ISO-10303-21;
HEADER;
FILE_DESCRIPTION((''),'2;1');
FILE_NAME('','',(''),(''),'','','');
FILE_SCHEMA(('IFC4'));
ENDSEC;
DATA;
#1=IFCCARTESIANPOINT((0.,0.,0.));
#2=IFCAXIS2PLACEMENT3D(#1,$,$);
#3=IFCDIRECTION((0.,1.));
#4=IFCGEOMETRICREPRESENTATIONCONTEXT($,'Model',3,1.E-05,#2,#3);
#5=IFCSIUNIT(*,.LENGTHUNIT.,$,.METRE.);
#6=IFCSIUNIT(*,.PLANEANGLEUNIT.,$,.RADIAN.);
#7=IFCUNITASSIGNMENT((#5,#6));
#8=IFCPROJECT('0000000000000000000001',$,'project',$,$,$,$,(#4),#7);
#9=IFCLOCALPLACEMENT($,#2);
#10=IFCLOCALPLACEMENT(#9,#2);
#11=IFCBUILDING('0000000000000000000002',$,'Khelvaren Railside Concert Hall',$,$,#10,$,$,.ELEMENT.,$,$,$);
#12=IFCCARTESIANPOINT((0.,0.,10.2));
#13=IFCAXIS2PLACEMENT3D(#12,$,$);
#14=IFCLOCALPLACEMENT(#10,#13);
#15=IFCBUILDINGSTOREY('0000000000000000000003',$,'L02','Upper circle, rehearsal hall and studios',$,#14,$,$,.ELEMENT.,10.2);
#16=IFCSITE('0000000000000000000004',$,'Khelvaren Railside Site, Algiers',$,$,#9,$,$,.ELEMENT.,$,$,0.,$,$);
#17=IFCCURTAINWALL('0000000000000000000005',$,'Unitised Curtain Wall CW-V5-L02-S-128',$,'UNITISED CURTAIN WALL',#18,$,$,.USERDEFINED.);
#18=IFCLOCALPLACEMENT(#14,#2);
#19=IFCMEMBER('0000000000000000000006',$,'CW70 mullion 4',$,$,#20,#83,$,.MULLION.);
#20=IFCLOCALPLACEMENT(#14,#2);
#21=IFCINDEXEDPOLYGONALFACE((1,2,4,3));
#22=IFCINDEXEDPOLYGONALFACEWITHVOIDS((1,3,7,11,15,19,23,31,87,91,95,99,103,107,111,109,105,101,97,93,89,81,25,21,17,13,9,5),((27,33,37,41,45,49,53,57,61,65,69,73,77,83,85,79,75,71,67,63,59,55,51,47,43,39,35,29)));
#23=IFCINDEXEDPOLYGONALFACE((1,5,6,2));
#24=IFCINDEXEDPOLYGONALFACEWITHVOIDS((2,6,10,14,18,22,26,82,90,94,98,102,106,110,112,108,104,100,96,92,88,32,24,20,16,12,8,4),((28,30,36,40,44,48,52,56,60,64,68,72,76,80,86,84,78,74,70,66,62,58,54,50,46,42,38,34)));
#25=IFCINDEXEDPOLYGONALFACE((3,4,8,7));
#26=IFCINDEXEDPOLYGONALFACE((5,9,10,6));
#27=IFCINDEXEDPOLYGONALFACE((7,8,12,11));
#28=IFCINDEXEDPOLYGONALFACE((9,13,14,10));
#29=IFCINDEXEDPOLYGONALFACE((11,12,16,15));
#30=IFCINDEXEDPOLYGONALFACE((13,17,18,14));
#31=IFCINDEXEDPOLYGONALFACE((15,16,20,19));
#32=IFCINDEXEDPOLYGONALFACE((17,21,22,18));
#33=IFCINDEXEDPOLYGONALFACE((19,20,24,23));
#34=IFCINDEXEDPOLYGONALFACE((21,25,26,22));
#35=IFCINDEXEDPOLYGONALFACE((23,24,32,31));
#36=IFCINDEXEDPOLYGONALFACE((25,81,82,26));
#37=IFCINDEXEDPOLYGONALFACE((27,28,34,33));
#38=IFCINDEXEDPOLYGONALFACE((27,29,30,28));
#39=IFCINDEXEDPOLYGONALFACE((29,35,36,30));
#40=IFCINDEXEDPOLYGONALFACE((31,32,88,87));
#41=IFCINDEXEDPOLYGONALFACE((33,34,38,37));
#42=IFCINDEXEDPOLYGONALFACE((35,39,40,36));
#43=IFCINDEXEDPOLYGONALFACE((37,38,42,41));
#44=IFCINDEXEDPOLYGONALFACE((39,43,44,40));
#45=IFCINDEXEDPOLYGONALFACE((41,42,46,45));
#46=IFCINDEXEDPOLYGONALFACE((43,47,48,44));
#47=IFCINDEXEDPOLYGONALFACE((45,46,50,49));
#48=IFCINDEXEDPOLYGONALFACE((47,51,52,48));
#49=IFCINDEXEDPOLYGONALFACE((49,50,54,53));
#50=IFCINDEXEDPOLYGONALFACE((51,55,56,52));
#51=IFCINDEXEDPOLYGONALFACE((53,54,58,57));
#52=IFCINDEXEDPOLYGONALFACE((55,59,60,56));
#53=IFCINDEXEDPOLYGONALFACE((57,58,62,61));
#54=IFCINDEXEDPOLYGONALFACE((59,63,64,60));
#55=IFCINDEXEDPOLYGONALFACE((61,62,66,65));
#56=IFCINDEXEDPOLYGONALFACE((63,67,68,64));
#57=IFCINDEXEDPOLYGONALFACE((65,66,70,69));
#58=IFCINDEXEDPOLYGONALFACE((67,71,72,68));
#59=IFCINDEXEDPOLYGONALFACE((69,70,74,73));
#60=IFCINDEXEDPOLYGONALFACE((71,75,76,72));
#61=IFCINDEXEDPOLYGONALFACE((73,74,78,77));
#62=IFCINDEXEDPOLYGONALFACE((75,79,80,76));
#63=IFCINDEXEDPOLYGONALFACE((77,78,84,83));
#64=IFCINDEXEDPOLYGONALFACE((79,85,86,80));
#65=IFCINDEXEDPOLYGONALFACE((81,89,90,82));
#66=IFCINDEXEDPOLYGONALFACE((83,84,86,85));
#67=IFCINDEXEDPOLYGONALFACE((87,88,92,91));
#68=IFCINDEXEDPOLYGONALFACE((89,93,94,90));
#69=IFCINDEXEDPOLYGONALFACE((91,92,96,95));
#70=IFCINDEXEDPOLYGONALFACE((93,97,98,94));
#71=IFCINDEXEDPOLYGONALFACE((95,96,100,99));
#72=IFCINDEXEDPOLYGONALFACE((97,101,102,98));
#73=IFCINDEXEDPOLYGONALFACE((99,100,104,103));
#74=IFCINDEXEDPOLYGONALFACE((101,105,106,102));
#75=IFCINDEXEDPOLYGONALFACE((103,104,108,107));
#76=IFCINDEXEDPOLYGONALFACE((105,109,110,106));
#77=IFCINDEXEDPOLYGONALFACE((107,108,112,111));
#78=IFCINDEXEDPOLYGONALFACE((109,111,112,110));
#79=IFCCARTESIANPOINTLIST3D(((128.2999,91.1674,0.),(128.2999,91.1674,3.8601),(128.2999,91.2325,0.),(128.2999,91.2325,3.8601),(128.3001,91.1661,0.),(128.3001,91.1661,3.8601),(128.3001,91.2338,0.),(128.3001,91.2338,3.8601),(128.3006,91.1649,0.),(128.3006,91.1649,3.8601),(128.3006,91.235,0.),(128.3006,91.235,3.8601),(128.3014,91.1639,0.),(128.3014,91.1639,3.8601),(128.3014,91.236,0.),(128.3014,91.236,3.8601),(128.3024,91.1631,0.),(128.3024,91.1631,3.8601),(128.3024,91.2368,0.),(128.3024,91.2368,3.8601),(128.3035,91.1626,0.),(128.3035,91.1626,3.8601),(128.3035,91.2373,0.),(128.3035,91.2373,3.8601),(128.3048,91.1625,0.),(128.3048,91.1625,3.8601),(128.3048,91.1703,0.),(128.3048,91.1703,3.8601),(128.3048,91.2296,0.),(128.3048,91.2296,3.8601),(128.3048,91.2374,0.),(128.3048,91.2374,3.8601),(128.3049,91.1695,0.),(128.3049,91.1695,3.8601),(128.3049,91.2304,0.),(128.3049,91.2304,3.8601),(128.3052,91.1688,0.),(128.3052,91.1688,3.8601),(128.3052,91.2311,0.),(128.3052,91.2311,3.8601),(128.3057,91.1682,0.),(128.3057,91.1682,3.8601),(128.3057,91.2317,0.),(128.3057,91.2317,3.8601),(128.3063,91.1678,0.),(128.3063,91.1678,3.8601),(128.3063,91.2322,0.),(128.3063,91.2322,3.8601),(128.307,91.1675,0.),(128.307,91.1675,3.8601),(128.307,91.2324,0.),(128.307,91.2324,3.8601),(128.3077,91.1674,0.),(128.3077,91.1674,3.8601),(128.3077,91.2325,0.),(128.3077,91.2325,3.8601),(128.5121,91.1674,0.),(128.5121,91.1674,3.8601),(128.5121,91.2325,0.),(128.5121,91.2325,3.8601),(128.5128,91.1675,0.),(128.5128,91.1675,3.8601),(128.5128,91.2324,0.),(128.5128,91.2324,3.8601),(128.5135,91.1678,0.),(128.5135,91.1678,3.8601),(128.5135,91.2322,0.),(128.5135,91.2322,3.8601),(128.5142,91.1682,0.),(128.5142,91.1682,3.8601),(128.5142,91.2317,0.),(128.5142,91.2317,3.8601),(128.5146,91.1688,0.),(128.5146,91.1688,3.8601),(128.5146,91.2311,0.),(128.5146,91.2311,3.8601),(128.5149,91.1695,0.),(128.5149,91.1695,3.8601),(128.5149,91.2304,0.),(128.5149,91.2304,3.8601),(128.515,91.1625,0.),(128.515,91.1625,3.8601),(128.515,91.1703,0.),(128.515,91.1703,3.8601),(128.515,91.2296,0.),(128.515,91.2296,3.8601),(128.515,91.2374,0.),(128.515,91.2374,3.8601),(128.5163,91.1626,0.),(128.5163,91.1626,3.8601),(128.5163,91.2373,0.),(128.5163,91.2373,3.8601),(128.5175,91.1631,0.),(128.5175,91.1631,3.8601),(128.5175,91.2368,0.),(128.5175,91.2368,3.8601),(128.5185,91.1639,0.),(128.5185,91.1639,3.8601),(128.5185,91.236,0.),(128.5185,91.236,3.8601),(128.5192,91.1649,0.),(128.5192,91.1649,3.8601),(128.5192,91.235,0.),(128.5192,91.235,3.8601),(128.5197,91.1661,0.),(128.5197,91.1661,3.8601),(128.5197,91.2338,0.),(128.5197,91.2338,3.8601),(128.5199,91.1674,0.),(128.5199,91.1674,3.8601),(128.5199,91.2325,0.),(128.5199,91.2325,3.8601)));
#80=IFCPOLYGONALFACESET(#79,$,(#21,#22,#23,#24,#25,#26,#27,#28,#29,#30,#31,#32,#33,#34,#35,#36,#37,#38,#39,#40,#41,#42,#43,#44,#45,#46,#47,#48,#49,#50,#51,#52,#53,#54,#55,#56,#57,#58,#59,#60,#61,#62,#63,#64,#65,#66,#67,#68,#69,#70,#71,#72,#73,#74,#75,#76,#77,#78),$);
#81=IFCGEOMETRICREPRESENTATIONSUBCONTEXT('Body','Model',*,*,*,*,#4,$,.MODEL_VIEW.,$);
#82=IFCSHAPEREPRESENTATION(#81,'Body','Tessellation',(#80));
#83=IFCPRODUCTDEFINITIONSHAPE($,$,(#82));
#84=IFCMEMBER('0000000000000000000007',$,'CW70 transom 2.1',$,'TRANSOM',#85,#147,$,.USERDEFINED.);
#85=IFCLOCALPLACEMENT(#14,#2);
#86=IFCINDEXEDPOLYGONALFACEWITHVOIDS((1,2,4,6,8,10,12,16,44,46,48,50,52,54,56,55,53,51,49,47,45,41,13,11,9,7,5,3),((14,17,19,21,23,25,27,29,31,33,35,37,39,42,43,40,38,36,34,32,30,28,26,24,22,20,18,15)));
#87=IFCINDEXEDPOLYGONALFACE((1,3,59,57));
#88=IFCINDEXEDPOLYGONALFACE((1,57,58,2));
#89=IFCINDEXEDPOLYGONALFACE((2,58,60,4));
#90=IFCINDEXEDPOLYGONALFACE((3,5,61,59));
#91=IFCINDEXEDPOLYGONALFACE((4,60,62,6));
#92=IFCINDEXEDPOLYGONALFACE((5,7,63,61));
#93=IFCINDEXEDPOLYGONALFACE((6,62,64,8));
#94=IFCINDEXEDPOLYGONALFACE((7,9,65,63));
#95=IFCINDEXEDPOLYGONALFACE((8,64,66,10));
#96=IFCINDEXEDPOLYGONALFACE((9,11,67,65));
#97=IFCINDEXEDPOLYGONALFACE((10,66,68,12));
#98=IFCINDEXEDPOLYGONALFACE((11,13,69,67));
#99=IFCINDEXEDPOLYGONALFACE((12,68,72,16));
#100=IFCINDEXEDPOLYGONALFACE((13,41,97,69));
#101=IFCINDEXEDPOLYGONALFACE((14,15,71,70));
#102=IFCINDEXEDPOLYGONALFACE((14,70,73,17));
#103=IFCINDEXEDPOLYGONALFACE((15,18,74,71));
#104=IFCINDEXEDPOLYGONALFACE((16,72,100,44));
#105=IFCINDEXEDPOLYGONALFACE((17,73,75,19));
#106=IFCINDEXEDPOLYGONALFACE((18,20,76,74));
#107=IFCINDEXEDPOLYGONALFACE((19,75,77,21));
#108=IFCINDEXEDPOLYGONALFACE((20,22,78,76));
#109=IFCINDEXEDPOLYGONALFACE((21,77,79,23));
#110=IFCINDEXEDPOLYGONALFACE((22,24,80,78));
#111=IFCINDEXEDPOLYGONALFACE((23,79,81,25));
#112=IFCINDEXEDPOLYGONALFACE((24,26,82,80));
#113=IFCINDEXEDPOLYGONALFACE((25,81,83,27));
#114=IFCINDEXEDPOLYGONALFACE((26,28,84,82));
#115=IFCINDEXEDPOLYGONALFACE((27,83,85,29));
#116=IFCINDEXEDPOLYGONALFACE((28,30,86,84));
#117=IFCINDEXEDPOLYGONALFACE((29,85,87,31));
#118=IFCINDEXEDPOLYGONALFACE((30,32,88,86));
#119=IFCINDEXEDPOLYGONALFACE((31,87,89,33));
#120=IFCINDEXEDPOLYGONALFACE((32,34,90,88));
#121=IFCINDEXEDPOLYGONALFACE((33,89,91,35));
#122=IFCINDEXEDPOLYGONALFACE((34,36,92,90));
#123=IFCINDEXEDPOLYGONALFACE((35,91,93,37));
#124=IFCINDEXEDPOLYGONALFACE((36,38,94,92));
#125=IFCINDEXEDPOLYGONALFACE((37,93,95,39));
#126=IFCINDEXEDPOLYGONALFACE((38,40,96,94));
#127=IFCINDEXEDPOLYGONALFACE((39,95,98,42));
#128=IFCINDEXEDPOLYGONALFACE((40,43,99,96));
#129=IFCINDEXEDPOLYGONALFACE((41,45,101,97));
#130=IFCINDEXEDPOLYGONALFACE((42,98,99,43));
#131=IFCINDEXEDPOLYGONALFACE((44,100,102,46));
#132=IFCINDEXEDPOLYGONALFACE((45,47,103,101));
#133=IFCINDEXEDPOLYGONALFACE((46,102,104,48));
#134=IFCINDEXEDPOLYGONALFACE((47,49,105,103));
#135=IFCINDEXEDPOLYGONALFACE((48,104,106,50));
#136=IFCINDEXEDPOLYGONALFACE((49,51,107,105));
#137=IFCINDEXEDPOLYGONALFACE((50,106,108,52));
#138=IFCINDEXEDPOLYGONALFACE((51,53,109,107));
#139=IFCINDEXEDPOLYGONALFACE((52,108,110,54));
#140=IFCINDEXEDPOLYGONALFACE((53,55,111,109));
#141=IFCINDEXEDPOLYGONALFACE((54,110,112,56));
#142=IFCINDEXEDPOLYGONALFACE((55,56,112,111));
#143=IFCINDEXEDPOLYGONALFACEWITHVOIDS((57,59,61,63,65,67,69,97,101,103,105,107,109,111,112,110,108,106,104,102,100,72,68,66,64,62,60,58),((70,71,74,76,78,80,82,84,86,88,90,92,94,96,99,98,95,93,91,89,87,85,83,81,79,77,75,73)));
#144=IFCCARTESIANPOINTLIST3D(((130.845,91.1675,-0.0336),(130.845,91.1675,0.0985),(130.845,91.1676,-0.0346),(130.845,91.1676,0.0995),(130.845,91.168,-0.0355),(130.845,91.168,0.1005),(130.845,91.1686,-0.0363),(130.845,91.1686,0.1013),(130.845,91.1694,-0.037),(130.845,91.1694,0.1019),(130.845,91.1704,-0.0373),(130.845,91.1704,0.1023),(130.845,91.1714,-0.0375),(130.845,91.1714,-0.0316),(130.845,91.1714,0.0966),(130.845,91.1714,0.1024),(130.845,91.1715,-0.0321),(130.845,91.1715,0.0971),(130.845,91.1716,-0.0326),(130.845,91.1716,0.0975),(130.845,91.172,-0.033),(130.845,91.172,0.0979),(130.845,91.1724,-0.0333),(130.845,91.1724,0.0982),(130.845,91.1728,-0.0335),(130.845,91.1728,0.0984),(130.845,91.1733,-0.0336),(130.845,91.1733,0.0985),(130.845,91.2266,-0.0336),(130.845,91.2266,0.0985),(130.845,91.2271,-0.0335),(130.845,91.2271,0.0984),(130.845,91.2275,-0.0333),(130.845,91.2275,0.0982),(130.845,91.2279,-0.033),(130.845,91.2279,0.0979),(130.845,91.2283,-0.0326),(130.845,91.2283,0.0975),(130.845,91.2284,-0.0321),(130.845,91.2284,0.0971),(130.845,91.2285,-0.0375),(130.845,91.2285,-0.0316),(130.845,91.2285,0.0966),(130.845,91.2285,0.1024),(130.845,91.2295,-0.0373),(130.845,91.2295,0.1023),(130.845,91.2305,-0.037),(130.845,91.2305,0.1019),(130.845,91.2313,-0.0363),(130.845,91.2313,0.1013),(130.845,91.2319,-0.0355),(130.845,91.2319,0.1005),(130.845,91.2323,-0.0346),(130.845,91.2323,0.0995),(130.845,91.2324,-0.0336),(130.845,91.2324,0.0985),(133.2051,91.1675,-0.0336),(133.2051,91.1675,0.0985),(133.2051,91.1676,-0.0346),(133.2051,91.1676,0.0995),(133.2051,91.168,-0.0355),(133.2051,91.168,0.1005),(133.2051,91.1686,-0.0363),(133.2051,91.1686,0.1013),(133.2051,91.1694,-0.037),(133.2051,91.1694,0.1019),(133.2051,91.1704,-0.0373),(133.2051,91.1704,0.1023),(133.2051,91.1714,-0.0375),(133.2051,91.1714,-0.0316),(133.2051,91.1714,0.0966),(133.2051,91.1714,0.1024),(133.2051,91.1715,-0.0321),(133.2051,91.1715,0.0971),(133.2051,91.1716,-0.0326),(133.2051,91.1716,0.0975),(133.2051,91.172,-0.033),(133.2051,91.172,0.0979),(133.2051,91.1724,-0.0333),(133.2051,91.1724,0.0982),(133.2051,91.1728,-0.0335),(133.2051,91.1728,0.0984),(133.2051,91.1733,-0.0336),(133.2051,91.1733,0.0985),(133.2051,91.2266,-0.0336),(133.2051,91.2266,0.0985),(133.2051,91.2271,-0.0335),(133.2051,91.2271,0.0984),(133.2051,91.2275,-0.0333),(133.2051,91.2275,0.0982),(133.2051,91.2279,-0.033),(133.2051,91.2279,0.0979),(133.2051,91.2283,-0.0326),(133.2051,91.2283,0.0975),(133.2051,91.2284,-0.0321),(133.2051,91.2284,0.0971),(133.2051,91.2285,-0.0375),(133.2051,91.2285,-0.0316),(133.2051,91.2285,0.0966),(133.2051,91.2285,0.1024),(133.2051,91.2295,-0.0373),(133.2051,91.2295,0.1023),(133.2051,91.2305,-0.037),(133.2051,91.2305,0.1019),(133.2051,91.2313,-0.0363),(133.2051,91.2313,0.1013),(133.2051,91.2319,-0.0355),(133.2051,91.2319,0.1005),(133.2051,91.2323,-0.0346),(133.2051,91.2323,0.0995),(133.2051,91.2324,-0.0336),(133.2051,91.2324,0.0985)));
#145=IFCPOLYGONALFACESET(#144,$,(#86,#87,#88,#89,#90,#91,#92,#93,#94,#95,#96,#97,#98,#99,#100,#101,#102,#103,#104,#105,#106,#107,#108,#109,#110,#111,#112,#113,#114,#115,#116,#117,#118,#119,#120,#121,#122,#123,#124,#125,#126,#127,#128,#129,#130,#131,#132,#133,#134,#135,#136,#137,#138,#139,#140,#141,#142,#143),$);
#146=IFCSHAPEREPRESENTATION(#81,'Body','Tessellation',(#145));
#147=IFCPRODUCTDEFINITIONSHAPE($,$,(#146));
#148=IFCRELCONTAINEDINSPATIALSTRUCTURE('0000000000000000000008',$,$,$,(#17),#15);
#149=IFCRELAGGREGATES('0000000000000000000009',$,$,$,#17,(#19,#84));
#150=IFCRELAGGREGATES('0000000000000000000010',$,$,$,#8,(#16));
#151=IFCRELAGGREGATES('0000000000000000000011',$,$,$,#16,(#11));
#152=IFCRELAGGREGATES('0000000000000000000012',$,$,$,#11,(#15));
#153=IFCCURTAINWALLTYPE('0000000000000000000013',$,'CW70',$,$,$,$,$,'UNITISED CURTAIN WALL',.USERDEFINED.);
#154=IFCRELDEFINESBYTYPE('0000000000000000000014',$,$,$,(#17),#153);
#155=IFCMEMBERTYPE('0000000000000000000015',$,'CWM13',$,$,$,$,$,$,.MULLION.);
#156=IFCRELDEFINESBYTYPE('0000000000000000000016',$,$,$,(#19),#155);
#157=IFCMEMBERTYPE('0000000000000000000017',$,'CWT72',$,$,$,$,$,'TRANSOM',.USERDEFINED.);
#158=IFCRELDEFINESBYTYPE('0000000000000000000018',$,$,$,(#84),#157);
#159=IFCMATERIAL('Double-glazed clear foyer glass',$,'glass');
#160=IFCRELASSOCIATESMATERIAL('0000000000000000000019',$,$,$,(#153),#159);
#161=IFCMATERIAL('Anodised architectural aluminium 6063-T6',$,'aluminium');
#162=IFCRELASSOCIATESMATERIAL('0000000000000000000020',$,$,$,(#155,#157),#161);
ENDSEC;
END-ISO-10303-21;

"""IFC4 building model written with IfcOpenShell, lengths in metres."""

from ifc_helpers import new_model, si_unit, direction, frame, origin, origin_2d, place, context, subcontext, project, spatial, hollow_rectangle, extrude, material, material_profile, profile_set, type_object, element, aggregate, save


model = new_model("IFC4")

# Units and contexts
model_context = context("Model", 3, precision=1e-05, world=origin(), true_north=direction((0.0, 1.0)))
body_context = subcontext(model_context, "Body", "Model", "MODEL_VIEW")
ifc_project = project(units=[si_unit("LENGTHUNIT", "METRE"), si_unit("PLANEANGLEUNIT", "RADIAN")], contexts=[model_context])

# Site, building, storey
site_placement = place(None, origin())
site = spatial("IfcSite", under=ifc_project, at=site_placement, Name="Khelvaren Railside Site, Algiers", CompositionType="ELEMENT", RefElevation=0.0)
building_placement = place(site_placement, origin())
building = spatial("IfcBuilding", under=site, at=building_placement, Name="Khelvaren Railside Concert Hall", CompositionType="ELEMENT")
storey_placement = place(building_placement, frame((0.0, 0.0, 10.2)))
storey = spatial("IfcBuildingStorey", under=building, at=storey_placement, Name="L02", Description="Upper circle, rehearsal hall and studios", CompositionType="ELEMENT", Elevation=10.2)

# Curtain wall, members
ifc_material_1 = material(Name="Double-glazed clear foyer glass", Category="glass")
curtain_wall_type = type_object("IfcCurtainWallType", Name="CW70", ElementType="UNITISED CURTAIN WALL", PredefinedType="USERDEFINED", material=ifc_material_1)
curtain_wall_placement = place(storey_placement, origin())
curtain_wall = element("IfcCurtainWall", 1, at=curtain_wall_placement, inside=storey, type_object=curtain_wall_type, Name="Unitised Curtain Wall CW-V5-L02-S-128", ObjectType="UNITISED CURTAIN WALL", PredefinedType="USERDEFINED")
ifc_material_2 = material(Name="Anodised architectural aluminium 6063-T6", Category="aluminium")
ifc_material_profile_1 = material_profile(ifc_material_2, hollow_rectangle(XDim=0.075, YDim=0.22, WallThickness=0.0049, InnerFilletRadius=0.0029, OuterFilletRadius=0.0049, at=origin_2d()), Name="CWM 75x220x5")
ifc_profile_set_1 = profile_set([ifc_material_profile_1], Name="Anodised architectural aluminium 6063-T6")
member_type_1 = type_object("IfcMemberType", Name="CWM13", PredefinedType="MULLION", material=ifc_profile_set_1)
member_1_placement = place(storey_placement, frame((128.4099, 91.2, 0.0), z_axis=(0.0, 0.0, 1.0), x_axis=(0.0, -1.0, 0.0)))
member_1 = element("IfcMember", 2, at=member_1_placement, type_object=member_type_1, Name="CW70 mullion 4", PredefinedType="MULLION", context=body_context, shape_type="SweptSolid", body=[
    extrude(hollow_rectangle(XDim=0.075, YDim=0.22, WallThickness=0.0049, InnerFilletRadius=0.0029, OuterFilletRadius=0.0049, at=origin_2d()), origin(), (0.0, 0.0, 1.0), 3.8601),
])
ifc_material_profile_2 = material_profile(ifc_material_2, hollow_rectangle(XDim=0.0649, YDim=0.1399, WallThickness=0.0039, InnerFilletRadius=0.002, OuterFilletRadius=0.0039, at=origin_2d()), Name="CWT 65x140x4")
ifc_profile_set_2 = profile_set([ifc_material_profile_2], Name="Anodised architectural aluminium 6063-T6")
member_type_2 = type_object("IfcMemberType", Name="CWT72", ElementType="TRANSOM", PredefinedType="USERDEFINED", material=ifc_profile_set_2)
member_2_placement = place(storey_placement, frame((133.2051, 91.2, 0.0325), z_axis=(-1.0, 0.0, 0.0), x_axis=(0.0, -1.0, 0.0)))
member_2 = element("IfcMember", 3, at=member_2_placement, type_object=member_type_2, Name="CW70 transom 2.1", ObjectType="TRANSOM", PredefinedType="USERDEFINED", context=body_context, shape_type="SweptSolid", body=[
    extrude(hollow_rectangle(XDim=0.0649, YDim=0.1399, WallThickness=0.0039, InnerFilletRadius=0.002, OuterFilletRadius=0.0039, at=origin_2d()), origin(), (0.0, 0.0, 1.0), 2.3601),
])

aggregate(curtain_wall, [member_1, member_2])

save(model, "model.ifc")
